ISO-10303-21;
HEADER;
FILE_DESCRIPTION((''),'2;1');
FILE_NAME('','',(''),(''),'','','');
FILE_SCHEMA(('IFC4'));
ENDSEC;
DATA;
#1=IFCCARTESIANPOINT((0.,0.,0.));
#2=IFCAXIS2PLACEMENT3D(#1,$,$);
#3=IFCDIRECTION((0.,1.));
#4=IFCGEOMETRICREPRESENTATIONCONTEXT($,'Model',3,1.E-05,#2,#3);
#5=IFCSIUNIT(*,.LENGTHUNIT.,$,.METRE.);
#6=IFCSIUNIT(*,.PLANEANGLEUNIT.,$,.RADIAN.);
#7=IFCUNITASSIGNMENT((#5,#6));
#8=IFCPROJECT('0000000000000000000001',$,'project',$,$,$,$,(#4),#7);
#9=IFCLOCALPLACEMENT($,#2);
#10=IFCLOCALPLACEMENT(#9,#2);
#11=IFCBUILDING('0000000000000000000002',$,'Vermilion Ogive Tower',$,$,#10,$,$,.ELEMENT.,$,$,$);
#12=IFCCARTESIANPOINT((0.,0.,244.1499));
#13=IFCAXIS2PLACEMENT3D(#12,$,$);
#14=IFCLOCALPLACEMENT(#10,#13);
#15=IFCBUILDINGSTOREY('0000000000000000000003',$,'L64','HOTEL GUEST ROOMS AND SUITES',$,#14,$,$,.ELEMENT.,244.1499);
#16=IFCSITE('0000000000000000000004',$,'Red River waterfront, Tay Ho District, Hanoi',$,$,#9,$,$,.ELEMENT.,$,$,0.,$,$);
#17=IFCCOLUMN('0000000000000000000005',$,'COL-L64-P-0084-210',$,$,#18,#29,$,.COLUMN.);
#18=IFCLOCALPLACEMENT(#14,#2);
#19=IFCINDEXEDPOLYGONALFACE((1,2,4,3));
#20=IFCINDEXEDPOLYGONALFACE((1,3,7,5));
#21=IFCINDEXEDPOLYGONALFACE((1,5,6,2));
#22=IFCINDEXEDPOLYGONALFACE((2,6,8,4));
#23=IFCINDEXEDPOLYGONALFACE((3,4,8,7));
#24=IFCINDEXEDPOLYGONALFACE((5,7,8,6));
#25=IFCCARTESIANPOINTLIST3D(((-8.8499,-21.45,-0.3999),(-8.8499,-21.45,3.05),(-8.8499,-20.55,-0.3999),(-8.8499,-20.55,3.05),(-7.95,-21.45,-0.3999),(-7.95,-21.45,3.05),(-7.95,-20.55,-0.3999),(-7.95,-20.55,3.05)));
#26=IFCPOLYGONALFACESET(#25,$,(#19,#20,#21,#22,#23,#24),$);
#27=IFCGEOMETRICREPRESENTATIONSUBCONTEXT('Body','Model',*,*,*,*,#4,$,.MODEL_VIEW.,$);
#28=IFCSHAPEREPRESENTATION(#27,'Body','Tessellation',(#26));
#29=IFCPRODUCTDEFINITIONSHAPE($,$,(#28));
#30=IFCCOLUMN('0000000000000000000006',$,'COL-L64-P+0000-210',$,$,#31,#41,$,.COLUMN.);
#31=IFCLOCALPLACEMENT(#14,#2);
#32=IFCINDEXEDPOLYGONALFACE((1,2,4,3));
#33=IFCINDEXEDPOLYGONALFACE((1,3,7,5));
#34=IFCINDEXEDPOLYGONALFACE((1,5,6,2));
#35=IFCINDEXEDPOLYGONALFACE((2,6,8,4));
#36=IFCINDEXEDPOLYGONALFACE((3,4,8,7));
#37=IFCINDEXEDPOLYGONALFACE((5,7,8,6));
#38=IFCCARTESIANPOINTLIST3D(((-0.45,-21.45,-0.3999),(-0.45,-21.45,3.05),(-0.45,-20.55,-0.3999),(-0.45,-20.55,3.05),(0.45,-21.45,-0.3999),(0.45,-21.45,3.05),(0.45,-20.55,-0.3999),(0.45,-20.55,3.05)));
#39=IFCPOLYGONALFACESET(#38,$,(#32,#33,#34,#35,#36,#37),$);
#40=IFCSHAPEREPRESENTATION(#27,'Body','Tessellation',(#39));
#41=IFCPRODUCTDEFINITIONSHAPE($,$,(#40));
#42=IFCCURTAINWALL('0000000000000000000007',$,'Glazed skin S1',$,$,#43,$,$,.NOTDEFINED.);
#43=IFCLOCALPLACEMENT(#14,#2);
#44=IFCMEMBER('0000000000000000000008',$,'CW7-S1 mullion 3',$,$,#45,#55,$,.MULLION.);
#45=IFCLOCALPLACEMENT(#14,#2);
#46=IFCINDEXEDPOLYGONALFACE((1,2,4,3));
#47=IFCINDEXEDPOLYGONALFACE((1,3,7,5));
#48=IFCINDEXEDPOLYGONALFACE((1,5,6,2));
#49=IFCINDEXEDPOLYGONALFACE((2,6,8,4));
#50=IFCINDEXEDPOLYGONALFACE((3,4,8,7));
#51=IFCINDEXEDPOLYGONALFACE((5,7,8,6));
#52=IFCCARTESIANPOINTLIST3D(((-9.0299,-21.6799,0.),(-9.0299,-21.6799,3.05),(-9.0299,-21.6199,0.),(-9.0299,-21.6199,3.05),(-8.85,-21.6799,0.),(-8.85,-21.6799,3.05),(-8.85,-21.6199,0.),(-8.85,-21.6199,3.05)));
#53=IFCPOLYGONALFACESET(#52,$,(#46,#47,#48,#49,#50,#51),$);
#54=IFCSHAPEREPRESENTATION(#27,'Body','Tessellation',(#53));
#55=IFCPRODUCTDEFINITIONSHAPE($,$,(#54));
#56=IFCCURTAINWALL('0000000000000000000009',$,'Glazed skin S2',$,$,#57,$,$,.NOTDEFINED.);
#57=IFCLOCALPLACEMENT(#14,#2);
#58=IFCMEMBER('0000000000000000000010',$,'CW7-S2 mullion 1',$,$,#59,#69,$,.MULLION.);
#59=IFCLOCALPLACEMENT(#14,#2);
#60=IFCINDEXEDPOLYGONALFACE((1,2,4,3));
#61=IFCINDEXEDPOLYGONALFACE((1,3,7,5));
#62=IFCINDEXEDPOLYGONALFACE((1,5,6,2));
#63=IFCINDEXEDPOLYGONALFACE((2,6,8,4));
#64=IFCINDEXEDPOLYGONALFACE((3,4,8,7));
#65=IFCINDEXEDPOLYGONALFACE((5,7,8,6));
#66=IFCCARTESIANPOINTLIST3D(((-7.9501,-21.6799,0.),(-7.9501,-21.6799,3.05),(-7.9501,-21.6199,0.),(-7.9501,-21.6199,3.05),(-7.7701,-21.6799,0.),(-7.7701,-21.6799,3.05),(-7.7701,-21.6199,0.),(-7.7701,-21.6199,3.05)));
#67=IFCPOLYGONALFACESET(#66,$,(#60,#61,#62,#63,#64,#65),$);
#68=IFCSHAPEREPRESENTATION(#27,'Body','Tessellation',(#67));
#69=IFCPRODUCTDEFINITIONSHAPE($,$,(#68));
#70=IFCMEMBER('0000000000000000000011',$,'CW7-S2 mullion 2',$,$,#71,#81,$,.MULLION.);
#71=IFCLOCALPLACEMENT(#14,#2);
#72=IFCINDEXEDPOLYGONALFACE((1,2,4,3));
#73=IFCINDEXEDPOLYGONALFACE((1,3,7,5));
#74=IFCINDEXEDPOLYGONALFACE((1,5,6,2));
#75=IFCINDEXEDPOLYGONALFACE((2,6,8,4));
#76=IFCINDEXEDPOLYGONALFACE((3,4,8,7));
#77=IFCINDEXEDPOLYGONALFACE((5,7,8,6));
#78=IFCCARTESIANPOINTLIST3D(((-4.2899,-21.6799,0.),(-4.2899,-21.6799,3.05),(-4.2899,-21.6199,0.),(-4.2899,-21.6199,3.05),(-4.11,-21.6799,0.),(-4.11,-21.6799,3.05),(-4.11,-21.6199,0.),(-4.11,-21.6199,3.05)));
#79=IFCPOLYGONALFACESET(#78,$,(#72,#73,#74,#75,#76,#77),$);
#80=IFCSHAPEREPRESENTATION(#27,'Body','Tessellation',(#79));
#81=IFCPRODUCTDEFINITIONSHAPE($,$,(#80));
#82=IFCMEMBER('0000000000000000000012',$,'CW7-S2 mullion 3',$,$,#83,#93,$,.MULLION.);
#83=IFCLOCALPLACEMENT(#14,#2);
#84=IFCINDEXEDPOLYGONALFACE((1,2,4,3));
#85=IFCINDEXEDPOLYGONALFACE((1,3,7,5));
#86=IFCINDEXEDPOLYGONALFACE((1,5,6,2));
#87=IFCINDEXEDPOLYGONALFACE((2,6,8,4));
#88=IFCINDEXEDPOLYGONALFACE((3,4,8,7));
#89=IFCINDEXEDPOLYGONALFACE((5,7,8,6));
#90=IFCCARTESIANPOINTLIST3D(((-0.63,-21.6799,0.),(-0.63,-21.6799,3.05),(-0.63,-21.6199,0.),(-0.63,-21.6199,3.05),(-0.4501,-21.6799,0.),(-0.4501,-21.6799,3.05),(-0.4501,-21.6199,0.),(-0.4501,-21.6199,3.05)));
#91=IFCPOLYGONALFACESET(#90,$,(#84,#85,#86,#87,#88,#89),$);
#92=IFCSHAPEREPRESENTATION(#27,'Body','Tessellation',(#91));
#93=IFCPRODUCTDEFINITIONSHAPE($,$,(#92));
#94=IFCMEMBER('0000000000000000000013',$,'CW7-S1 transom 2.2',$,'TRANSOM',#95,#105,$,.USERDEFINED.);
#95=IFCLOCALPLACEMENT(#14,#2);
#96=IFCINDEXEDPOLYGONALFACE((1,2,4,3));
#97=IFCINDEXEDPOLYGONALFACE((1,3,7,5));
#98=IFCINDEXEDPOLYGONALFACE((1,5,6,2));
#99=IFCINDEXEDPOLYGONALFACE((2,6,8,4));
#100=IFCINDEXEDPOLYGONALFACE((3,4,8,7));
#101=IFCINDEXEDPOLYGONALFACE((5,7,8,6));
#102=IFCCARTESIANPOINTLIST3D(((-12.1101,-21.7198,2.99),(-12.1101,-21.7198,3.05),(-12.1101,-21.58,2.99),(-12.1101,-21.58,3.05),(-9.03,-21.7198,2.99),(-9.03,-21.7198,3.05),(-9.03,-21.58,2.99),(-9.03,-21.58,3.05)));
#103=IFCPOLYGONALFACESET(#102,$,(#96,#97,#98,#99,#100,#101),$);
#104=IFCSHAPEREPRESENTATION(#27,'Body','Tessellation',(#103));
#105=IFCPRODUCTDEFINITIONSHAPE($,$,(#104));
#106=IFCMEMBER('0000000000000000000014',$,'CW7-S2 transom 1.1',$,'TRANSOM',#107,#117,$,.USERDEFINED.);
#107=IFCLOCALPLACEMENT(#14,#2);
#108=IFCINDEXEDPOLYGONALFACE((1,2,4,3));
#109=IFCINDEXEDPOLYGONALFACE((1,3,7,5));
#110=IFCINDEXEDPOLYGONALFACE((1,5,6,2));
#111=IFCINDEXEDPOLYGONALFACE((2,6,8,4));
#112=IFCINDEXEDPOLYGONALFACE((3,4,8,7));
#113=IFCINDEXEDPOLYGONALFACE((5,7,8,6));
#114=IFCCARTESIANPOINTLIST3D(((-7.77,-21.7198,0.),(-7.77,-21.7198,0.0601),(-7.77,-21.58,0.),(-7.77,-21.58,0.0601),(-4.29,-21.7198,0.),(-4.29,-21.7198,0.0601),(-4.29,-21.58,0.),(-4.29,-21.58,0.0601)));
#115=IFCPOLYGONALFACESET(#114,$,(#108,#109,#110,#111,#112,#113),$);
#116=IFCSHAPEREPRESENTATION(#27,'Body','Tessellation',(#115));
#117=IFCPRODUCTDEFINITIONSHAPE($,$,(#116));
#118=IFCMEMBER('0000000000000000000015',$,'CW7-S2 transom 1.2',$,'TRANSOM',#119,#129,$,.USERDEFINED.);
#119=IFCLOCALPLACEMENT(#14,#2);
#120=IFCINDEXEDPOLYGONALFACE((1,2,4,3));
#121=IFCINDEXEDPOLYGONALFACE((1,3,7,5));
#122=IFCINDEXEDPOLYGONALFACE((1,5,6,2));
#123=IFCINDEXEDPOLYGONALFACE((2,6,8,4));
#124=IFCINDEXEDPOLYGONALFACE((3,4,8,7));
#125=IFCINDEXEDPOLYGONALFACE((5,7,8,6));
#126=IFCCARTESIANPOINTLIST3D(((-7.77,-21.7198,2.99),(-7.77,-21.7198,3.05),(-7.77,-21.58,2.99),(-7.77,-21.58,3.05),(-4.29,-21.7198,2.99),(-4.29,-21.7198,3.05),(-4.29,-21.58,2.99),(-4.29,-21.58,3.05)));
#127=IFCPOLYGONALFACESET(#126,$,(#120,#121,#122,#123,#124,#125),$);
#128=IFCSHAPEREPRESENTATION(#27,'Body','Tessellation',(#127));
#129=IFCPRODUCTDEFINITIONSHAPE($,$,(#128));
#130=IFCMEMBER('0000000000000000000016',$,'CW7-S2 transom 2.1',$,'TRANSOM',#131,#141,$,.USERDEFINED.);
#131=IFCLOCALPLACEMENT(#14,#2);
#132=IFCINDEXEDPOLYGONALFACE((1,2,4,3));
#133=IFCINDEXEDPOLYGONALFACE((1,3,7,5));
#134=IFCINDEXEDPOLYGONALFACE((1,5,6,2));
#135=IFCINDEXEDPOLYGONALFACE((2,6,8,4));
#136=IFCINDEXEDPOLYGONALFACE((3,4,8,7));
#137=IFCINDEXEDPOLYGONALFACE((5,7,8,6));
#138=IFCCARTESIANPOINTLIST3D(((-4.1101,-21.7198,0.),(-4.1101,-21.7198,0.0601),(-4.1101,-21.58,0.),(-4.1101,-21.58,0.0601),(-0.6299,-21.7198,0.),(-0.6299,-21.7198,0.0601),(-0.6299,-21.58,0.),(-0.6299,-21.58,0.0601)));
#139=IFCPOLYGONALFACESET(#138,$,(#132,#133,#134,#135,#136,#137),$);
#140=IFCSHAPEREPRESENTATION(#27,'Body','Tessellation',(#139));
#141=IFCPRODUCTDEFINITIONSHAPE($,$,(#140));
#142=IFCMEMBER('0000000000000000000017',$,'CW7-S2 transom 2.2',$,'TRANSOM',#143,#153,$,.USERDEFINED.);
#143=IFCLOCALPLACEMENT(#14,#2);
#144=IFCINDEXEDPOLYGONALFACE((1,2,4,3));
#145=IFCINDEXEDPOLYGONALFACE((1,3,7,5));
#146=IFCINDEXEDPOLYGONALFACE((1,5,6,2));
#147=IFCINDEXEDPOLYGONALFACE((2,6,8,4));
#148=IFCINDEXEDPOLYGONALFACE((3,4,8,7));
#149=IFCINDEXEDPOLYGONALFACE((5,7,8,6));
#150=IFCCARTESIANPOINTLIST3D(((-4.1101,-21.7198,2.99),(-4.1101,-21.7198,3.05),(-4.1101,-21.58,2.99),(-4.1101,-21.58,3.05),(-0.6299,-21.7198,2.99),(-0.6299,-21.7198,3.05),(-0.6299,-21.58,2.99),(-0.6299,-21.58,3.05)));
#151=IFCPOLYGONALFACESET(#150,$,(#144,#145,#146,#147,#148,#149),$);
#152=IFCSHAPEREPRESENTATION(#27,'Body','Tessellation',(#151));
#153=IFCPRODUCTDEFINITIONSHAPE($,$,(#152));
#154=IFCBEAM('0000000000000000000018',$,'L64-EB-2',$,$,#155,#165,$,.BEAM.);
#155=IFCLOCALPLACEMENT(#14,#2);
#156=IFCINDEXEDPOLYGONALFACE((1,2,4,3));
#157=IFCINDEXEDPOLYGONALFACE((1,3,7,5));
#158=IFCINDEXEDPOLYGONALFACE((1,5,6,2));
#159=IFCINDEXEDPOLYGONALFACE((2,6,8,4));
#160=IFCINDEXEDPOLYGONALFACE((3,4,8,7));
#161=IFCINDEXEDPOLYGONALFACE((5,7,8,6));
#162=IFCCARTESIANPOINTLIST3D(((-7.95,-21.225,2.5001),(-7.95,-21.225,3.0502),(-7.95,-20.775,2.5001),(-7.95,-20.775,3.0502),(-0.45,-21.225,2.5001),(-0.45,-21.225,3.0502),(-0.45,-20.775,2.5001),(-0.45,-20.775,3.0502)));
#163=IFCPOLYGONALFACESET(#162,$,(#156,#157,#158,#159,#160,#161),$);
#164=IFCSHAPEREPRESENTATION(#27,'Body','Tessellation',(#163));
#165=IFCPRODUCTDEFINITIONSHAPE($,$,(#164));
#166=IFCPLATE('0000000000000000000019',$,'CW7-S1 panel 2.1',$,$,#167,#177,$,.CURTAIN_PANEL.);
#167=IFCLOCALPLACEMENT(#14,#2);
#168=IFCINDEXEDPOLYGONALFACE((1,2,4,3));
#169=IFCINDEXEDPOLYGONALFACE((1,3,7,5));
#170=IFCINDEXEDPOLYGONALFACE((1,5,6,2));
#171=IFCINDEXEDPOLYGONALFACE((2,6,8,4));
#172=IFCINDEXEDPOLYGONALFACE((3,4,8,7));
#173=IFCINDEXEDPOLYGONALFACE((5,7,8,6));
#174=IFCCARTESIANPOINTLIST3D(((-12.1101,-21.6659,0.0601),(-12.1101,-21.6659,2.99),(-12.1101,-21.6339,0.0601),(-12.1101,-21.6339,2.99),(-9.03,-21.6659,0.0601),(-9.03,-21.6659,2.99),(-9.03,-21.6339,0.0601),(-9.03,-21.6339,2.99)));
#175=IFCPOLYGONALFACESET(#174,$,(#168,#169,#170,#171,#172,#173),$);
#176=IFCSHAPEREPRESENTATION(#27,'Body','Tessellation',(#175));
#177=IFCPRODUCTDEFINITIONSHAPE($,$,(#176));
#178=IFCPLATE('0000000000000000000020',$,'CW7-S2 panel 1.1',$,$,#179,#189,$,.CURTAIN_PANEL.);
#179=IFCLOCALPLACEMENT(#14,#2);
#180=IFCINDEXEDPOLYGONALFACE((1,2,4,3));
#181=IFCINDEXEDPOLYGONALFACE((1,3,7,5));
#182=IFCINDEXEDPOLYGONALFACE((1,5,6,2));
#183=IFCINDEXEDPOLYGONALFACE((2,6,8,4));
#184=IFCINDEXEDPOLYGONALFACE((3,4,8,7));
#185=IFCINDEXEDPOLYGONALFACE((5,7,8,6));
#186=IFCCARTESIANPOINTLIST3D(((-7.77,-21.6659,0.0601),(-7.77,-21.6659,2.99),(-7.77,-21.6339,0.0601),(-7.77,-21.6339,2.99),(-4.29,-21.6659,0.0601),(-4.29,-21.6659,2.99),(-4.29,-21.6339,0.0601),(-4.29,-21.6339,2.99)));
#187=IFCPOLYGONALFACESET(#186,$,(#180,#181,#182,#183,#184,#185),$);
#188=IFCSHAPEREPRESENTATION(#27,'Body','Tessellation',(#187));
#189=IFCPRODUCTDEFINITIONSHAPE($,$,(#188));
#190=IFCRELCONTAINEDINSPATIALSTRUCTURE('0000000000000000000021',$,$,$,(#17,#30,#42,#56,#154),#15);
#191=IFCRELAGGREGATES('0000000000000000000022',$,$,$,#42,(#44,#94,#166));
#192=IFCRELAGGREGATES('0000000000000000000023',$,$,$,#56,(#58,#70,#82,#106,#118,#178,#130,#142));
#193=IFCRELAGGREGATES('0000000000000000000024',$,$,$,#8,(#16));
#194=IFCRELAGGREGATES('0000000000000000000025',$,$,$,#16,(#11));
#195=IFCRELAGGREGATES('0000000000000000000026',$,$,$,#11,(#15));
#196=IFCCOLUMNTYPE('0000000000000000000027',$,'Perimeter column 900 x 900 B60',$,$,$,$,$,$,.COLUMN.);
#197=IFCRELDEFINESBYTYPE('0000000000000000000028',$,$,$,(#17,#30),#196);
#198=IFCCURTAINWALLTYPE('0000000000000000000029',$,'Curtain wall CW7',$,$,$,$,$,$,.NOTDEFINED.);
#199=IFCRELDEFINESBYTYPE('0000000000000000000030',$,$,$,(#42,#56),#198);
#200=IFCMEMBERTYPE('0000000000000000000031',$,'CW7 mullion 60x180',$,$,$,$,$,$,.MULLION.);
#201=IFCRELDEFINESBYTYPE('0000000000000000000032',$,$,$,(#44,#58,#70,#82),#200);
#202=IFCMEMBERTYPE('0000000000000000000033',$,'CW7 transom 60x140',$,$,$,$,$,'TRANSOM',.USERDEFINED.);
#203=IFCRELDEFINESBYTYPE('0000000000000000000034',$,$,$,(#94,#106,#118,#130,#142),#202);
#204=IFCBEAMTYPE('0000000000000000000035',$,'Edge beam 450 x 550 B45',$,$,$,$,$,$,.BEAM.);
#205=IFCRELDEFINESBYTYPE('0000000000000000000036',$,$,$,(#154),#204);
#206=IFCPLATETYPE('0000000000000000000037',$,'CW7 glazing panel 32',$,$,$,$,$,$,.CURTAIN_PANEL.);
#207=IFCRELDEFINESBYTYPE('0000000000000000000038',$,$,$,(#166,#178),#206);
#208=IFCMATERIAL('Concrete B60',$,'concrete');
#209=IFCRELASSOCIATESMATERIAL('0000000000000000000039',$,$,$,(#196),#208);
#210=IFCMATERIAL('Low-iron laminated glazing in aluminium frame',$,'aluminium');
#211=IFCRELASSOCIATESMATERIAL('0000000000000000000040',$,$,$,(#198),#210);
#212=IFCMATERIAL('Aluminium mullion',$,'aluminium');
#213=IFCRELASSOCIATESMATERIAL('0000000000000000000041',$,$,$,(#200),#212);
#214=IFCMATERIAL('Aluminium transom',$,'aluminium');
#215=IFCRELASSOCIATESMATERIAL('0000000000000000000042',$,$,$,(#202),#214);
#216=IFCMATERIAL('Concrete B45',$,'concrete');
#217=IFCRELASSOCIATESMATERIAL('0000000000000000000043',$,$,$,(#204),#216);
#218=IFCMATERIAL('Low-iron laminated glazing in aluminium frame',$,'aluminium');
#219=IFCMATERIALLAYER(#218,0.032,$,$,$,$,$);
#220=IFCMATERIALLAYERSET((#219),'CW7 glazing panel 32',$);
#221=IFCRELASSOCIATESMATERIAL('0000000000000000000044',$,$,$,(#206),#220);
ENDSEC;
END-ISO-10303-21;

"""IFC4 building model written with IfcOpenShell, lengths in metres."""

from ifc_helpers import new_model, si_unit, direction, frame, origin, origin_2d, place, context, subcontext, project, spatial, rectangle, extrude, material, layer, layer_set, material_profile, profile_set, type_object, element, aggregate, save


model = new_model("IFC4")

# Units and contexts
model_context = context("Model", 3, precision=1e-05, world=origin(), true_north=direction((0.0, 1.0)))
body_context = subcontext(model_context, "Body", "Model", "MODEL_VIEW")
ifc_project = project(units=[si_unit("LENGTHUNIT", "METRE"), si_unit("PLANEANGLEUNIT", "RADIAN")], contexts=[model_context])

# Site, building, storey
site_placement = place(None, origin())
site = spatial("IfcSite", under=ifc_project, at=site_placement, Name="Red River waterfront, Tay Ho District, Hanoi", CompositionType="ELEMENT", RefElevation=0.0)
building_placement = place(site_placement, origin())
building = spatial("IfcBuilding", under=site, at=building_placement, Name="Vermilion Ogive Tower", CompositionType="ELEMENT")
storey_placement = place(building_placement, frame((0.0, 0.0, 244.1499)))
storey = spatial("IfcBuildingStorey", under=building, at=storey_placement, Name="L64", Description="HOTEL GUEST ROOMS AND SUITES", CompositionType="ELEMENT", Elevation=244.1499)

# Columns
ifc_material_1 = material(Name="Concrete B60", Category="concrete")
ifc_material_profile_1 = material_profile(ifc_material_1, rectangle(XDim=0.8999, YDim=0.8999, at=origin_2d()), Name="900 x 900")
ifc_profile_set_1 = profile_set([ifc_material_profile_1], Name="Concrete B60")
column_type = type_object("IfcColumnType", Name="Perimeter column 900 x 900 B60", PredefinedType="COLUMN", material=ifc_profile_set_1)
for number, where, z_axis, x_axis, name in (
    (1, (-8.3999, -21.0, -0.3999), (0.0, 0.0, 1.0), (1.0, 0.0, 0.0), "COL-L64-P-0084-210"),
    (2, (0.0, -21.0, -0.3999), (0.0, 0.0, 1.0), (1.0, 0.0, 0.0), "COL-L64-P+0000-210"),
):
    element("IfcColumn", number, at=place(storey_placement, frame(where, z_axis=z_axis, x_axis=x_axis)), inside=storey, type_object=column_type, Name=name, PredefinedType="COLUMN", context=body_context, shape_type="SweptSolid", body=[
        extrude(rectangle(XDim=0.8999, YDim=0.8999, at=origin_2d()), origin(), (0.0, 0.0, 1.0), 3.45),
    ])

# Curtain wall, member
ifc_material_2 = material(Name="Low-iron laminated glazing in aluminium frame", Category="aluminium")
curtain_wall_type = type_object("IfcCurtainWallType", Name="Curtain wall CW7", PredefinedType="NOTDEFINED", material=ifc_material_2)
curtain_wall_1_placement = place(storey_placement, origin())
curtain_wall_1 = element("IfcCurtainWall", 3, at=curtain_wall_1_placement, inside=storey, type_object=curtain_wall_type, Name="Glazed skin S1", PredefinedType="NOTDEFINED")
ifc_material_3 = material(Name="Aluminium mullion", Category="aluminium")
ifc_material_profile_2 = material_profile(ifc_material_3, rectangle(XDim=0.0601, YDim=0.1799, at=origin_2d()), Name="AL 60x180")
ifc_profile_set_2 = profile_set([ifc_material_profile_2], Name="Aluminium mullion")
member_type_1 = type_object("IfcMemberType", Name="CW7 mullion 60x180", PredefinedType="MULLION", material=ifc_profile_set_2)
member_1_placement = place(storey_placement, frame((-8.9399, -21.6499, 0.0), z_axis=(0.0, 0.0, 1.0), x_axis=(0.0, 1.0, 0.0)))
member_1 = element("IfcMember", 4, at=member_1_placement, type_object=member_type_1, Name="CW7-S1 mullion 3", PredefinedType="MULLION", context=body_context, shape_type="SweptSolid", body=[
    extrude(rectangle(XDim=0.0601, YDim=0.1799, at=origin_2d()), origin(), (0.0, 0.0, 1.0), 3.05),
])

# Curtain wall, members
curtain_wall_2_placement = place(storey_placement, origin())
curtain_wall_2 = element("IfcCurtainWall", 5, at=curtain_wall_2_placement, inside=storey, type_object=curtain_wall_type, Name="Glazed skin S2", PredefinedType="NOTDEFINED")
member_2_placement = place(storey_placement, frame((-7.8601, -21.6499, 0.0), z_axis=(0.0, 0.0, 1.0), x_axis=(0.0, 1.0, 0.0)))
member_2 = element("IfcMember", 6, at=member_2_placement, type_object=member_type_1, Name="CW7-S2 mullion 1", PredefinedType="MULLION", context=body_context, shape_type="SweptSolid", body=[
    extrude(rectangle(XDim=0.0601, YDim=0.1799, at=origin_2d()), origin(), (0.0, 0.0, 1.0), 3.05),
])
member_3_placement = place(storey_placement, frame((-4.2, -21.6499, 0.0), z_axis=(0.0, 0.0, 1.0), x_axis=(0.0, 1.0, 0.0)))
member_3 = element("IfcMember", 7, at=member_3_placement, type_object=member_type_1, Name="CW7-S2 mullion 2", PredefinedType="MULLION", context=body_context, shape_type="SweptSolid", body=[
    extrude(rectangle(XDim=0.0601, YDim=0.1799, at=origin_2d()), origin(), (0.0, 0.0, 1.0), 3.05),
])
member_4_placement = place(storey_placement, frame((-0.54, -21.6499, 0.0), z_axis=(0.0, 0.0, 1.0), x_axis=(0.0, 1.0, 0.0)))
member_4 = element("IfcMember", 8, at=member_4_placement, type_object=member_type_1, Name="CW7-S2 mullion 3", PredefinedType="MULLION", context=body_context, shape_type="SweptSolid", body=[
    extrude(rectangle(XDim=0.0601, YDim=0.1799, at=origin_2d()), origin(), (0.0, 0.0, 1.0), 3.05),
])

# Members
ifc_material_4 = material(Name="Aluminium transom", Category="aluminium")
ifc_material_profile_3 = material_profile(ifc_material_4, rectangle(XDim=0.1399, YDim=0.0601, at=origin_2d()), Name="AL 60x140")
ifc_profile_set_3 = profile_set([ifc_material_profile_3], Name="Aluminium transom")
member_type_2 = type_object("IfcMemberType", Name="CW7 transom 60x140", ElementType="TRANSOM", PredefinedType="USERDEFINED", material=ifc_profile_set_3)
member_5_placement = place(storey_placement, frame((-12.1101, -21.6499, 3.02), z_axis=(1.0, 0.0, 0.0), x_axis=(0.0, 1.0, 0.0)))
member_5 = element("IfcMember", 9, at=member_5_placement, type_object=member_type_2, Name="CW7-S1 transom 2.2", ObjectType="TRANSOM", PredefinedType="USERDEFINED", context=body_context, shape_type="SweptSolid", body=[
    extrude(rectangle(XDim=0.1399, YDim=0.0601, at=origin_2d()), origin(), (0.0, 0.0, 1.0), 3.0801),
])
member_6_placement = place(storey_placement, frame((-7.77, -21.6499, 0.03), z_axis=(1.0, 0.0, 0.0), x_axis=(0.0, 1.0, 0.0)))
member_6 = element("IfcMember", 10, at=member_6_placement, type_object=member_type_2, Name="CW7-S2 transom 1.1", ObjectType="TRANSOM", PredefinedType="USERDEFINED", context=body_context, shape_type="SweptSolid", body=[
    extrude(rectangle(XDim=0.1399, YDim=0.0601, at=origin_2d()), origin(), (0.0, 0.0, 1.0), 3.48),
])
member_7_placement = place(storey_placement, frame((-7.77, -21.6499, 3.02), z_axis=(1.0, 0.0, 0.0), x_axis=(0.0, 1.0, 0.0)))
member_7 = element("IfcMember", 11, at=member_7_placement, type_object=member_type_2, Name="CW7-S2 transom 1.2", ObjectType="TRANSOM", PredefinedType="USERDEFINED", context=body_context, shape_type="SweptSolid", body=[
    extrude(rectangle(XDim=0.1399, YDim=0.0601, at=origin_2d()), origin(), (0.0, 0.0, 1.0), 3.48),
])
member_8_placement = place(storey_placement, frame((-4.1101, -21.6499, 0.03), z_axis=(1.0, 0.0, 0.0), x_axis=(0.0, 1.0, 0.0)))
member_8 = element("IfcMember", 12, at=member_8_placement, type_object=member_type_2, Name="CW7-S2 transom 2.1", ObjectType="TRANSOM", PredefinedType="USERDEFINED", context=body_context, shape_type="SweptSolid", body=[
    extrude(rectangle(XDim=0.1399, YDim=0.0601, at=origin_2d()), origin(), (0.0, 0.0, 1.0), 3.4802),
])
member_9_placement = place(storey_placement, frame((-4.1101, -21.6499, 3.02), z_axis=(1.0, 0.0, 0.0), x_axis=(0.0, 1.0, 0.0)))
member_9 = element("IfcMember", 13, at=member_9_placement, type_object=member_type_2, Name="CW7-S2 transom 2.2", ObjectType="TRANSOM", PredefinedType="USERDEFINED", context=body_context, shape_type="SweptSolid", body=[
    extrude(rectangle(XDim=0.1399, YDim=0.0601, at=origin_2d()), origin(), (0.0, 0.0, 1.0), 3.4802),
])

# Beam
ifc_material_5 = material(Name="Concrete B45", Category="concrete")
ifc_material_profile_4 = material_profile(ifc_material_5, rectangle(XDim=0.45, YDim=0.55, at=origin_2d()), Name="450 x 550")
ifc_profile_set_4 = profile_set([ifc_material_profile_4], Name="Concrete B45")
beam_type = type_object("IfcBeamType", Name="Edge beam 450 x 550 B45", PredefinedType="BEAM", material=ifc_profile_set_4)
beam_placement = place(storey_placement, frame((-7.95, -21.0, 2.7751), z_axis=(1.0, 0.0, 0.0), x_axis=(0.0, 1.0, 0.0)))
element("IfcBeam", 14, at=beam_placement, inside=storey, type_object=beam_type, Name="L64-EB-2", PredefinedType="BEAM", context=body_context, shape_type="SweptSolid", body=[
    extrude(rectangle(XDim=0.45, YDim=0.55, at=origin_2d()), origin(), (0.0, 0.0, 1.0), 7.5),
])

# Plates
ifc_material_6 = material(Name="Low-iron laminated glazing in aluminium frame", Category="aluminium")
ifc_layer_1 = layer(ifc_material_6, 0.032)
ifc_layer_set_1 = layer_set([ifc_layer_1], Name="CW7 glazing panel 32")
plate_type = type_object("IfcPlateType", Name="CW7 glazing panel 32", PredefinedType="CURTAIN_PANEL", material=ifc_layer_set_1)
plate_1_placement = place(storey_placement, frame((-10.5701, -21.6499, 0.0601), z_axis=(0.0, 0.0, 1.0), x_axis=(1.0, 0.0, 0.0)))
plate_1 = element("IfcPlate", 15, at=plate_1_placement, type_object=plate_type, Name="CW7-S1 panel 2.1", PredefinedType="CURTAIN_PANEL", context=body_context, shape_type="SweptSolid", body=[
    extrude(rectangle(XDim=3.0801, YDim=0.032, at=origin_2d()), origin(), (0.0, 0.0, 1.0), 2.9299),
])
aggregate(curtain_wall_1, [member_1, member_5, plate_1])
plate_2_placement = place(storey_placement, frame((-6.03, -21.6499, 0.0601), z_axis=(0.0, 0.0, 1.0), x_axis=(1.0, 0.0, 0.0)))
plate_2 = element("IfcPlate", 16, at=plate_2_placement, type_object=plate_type, Name="CW7-S2 panel 1.1", PredefinedType="CURTAIN_PANEL", context=body_context, shape_type="SweptSolid", body=[
    extrude(rectangle(XDim=3.48, YDim=0.032, at=origin_2d()), origin(), (0.0, 0.0, 1.0), 2.9299),
])
aggregate(curtain_wall_2, [member_2, member_3, member_4, member_6, member_7, plate_2, member_8, member_9])

save(model, "model.ifc")
